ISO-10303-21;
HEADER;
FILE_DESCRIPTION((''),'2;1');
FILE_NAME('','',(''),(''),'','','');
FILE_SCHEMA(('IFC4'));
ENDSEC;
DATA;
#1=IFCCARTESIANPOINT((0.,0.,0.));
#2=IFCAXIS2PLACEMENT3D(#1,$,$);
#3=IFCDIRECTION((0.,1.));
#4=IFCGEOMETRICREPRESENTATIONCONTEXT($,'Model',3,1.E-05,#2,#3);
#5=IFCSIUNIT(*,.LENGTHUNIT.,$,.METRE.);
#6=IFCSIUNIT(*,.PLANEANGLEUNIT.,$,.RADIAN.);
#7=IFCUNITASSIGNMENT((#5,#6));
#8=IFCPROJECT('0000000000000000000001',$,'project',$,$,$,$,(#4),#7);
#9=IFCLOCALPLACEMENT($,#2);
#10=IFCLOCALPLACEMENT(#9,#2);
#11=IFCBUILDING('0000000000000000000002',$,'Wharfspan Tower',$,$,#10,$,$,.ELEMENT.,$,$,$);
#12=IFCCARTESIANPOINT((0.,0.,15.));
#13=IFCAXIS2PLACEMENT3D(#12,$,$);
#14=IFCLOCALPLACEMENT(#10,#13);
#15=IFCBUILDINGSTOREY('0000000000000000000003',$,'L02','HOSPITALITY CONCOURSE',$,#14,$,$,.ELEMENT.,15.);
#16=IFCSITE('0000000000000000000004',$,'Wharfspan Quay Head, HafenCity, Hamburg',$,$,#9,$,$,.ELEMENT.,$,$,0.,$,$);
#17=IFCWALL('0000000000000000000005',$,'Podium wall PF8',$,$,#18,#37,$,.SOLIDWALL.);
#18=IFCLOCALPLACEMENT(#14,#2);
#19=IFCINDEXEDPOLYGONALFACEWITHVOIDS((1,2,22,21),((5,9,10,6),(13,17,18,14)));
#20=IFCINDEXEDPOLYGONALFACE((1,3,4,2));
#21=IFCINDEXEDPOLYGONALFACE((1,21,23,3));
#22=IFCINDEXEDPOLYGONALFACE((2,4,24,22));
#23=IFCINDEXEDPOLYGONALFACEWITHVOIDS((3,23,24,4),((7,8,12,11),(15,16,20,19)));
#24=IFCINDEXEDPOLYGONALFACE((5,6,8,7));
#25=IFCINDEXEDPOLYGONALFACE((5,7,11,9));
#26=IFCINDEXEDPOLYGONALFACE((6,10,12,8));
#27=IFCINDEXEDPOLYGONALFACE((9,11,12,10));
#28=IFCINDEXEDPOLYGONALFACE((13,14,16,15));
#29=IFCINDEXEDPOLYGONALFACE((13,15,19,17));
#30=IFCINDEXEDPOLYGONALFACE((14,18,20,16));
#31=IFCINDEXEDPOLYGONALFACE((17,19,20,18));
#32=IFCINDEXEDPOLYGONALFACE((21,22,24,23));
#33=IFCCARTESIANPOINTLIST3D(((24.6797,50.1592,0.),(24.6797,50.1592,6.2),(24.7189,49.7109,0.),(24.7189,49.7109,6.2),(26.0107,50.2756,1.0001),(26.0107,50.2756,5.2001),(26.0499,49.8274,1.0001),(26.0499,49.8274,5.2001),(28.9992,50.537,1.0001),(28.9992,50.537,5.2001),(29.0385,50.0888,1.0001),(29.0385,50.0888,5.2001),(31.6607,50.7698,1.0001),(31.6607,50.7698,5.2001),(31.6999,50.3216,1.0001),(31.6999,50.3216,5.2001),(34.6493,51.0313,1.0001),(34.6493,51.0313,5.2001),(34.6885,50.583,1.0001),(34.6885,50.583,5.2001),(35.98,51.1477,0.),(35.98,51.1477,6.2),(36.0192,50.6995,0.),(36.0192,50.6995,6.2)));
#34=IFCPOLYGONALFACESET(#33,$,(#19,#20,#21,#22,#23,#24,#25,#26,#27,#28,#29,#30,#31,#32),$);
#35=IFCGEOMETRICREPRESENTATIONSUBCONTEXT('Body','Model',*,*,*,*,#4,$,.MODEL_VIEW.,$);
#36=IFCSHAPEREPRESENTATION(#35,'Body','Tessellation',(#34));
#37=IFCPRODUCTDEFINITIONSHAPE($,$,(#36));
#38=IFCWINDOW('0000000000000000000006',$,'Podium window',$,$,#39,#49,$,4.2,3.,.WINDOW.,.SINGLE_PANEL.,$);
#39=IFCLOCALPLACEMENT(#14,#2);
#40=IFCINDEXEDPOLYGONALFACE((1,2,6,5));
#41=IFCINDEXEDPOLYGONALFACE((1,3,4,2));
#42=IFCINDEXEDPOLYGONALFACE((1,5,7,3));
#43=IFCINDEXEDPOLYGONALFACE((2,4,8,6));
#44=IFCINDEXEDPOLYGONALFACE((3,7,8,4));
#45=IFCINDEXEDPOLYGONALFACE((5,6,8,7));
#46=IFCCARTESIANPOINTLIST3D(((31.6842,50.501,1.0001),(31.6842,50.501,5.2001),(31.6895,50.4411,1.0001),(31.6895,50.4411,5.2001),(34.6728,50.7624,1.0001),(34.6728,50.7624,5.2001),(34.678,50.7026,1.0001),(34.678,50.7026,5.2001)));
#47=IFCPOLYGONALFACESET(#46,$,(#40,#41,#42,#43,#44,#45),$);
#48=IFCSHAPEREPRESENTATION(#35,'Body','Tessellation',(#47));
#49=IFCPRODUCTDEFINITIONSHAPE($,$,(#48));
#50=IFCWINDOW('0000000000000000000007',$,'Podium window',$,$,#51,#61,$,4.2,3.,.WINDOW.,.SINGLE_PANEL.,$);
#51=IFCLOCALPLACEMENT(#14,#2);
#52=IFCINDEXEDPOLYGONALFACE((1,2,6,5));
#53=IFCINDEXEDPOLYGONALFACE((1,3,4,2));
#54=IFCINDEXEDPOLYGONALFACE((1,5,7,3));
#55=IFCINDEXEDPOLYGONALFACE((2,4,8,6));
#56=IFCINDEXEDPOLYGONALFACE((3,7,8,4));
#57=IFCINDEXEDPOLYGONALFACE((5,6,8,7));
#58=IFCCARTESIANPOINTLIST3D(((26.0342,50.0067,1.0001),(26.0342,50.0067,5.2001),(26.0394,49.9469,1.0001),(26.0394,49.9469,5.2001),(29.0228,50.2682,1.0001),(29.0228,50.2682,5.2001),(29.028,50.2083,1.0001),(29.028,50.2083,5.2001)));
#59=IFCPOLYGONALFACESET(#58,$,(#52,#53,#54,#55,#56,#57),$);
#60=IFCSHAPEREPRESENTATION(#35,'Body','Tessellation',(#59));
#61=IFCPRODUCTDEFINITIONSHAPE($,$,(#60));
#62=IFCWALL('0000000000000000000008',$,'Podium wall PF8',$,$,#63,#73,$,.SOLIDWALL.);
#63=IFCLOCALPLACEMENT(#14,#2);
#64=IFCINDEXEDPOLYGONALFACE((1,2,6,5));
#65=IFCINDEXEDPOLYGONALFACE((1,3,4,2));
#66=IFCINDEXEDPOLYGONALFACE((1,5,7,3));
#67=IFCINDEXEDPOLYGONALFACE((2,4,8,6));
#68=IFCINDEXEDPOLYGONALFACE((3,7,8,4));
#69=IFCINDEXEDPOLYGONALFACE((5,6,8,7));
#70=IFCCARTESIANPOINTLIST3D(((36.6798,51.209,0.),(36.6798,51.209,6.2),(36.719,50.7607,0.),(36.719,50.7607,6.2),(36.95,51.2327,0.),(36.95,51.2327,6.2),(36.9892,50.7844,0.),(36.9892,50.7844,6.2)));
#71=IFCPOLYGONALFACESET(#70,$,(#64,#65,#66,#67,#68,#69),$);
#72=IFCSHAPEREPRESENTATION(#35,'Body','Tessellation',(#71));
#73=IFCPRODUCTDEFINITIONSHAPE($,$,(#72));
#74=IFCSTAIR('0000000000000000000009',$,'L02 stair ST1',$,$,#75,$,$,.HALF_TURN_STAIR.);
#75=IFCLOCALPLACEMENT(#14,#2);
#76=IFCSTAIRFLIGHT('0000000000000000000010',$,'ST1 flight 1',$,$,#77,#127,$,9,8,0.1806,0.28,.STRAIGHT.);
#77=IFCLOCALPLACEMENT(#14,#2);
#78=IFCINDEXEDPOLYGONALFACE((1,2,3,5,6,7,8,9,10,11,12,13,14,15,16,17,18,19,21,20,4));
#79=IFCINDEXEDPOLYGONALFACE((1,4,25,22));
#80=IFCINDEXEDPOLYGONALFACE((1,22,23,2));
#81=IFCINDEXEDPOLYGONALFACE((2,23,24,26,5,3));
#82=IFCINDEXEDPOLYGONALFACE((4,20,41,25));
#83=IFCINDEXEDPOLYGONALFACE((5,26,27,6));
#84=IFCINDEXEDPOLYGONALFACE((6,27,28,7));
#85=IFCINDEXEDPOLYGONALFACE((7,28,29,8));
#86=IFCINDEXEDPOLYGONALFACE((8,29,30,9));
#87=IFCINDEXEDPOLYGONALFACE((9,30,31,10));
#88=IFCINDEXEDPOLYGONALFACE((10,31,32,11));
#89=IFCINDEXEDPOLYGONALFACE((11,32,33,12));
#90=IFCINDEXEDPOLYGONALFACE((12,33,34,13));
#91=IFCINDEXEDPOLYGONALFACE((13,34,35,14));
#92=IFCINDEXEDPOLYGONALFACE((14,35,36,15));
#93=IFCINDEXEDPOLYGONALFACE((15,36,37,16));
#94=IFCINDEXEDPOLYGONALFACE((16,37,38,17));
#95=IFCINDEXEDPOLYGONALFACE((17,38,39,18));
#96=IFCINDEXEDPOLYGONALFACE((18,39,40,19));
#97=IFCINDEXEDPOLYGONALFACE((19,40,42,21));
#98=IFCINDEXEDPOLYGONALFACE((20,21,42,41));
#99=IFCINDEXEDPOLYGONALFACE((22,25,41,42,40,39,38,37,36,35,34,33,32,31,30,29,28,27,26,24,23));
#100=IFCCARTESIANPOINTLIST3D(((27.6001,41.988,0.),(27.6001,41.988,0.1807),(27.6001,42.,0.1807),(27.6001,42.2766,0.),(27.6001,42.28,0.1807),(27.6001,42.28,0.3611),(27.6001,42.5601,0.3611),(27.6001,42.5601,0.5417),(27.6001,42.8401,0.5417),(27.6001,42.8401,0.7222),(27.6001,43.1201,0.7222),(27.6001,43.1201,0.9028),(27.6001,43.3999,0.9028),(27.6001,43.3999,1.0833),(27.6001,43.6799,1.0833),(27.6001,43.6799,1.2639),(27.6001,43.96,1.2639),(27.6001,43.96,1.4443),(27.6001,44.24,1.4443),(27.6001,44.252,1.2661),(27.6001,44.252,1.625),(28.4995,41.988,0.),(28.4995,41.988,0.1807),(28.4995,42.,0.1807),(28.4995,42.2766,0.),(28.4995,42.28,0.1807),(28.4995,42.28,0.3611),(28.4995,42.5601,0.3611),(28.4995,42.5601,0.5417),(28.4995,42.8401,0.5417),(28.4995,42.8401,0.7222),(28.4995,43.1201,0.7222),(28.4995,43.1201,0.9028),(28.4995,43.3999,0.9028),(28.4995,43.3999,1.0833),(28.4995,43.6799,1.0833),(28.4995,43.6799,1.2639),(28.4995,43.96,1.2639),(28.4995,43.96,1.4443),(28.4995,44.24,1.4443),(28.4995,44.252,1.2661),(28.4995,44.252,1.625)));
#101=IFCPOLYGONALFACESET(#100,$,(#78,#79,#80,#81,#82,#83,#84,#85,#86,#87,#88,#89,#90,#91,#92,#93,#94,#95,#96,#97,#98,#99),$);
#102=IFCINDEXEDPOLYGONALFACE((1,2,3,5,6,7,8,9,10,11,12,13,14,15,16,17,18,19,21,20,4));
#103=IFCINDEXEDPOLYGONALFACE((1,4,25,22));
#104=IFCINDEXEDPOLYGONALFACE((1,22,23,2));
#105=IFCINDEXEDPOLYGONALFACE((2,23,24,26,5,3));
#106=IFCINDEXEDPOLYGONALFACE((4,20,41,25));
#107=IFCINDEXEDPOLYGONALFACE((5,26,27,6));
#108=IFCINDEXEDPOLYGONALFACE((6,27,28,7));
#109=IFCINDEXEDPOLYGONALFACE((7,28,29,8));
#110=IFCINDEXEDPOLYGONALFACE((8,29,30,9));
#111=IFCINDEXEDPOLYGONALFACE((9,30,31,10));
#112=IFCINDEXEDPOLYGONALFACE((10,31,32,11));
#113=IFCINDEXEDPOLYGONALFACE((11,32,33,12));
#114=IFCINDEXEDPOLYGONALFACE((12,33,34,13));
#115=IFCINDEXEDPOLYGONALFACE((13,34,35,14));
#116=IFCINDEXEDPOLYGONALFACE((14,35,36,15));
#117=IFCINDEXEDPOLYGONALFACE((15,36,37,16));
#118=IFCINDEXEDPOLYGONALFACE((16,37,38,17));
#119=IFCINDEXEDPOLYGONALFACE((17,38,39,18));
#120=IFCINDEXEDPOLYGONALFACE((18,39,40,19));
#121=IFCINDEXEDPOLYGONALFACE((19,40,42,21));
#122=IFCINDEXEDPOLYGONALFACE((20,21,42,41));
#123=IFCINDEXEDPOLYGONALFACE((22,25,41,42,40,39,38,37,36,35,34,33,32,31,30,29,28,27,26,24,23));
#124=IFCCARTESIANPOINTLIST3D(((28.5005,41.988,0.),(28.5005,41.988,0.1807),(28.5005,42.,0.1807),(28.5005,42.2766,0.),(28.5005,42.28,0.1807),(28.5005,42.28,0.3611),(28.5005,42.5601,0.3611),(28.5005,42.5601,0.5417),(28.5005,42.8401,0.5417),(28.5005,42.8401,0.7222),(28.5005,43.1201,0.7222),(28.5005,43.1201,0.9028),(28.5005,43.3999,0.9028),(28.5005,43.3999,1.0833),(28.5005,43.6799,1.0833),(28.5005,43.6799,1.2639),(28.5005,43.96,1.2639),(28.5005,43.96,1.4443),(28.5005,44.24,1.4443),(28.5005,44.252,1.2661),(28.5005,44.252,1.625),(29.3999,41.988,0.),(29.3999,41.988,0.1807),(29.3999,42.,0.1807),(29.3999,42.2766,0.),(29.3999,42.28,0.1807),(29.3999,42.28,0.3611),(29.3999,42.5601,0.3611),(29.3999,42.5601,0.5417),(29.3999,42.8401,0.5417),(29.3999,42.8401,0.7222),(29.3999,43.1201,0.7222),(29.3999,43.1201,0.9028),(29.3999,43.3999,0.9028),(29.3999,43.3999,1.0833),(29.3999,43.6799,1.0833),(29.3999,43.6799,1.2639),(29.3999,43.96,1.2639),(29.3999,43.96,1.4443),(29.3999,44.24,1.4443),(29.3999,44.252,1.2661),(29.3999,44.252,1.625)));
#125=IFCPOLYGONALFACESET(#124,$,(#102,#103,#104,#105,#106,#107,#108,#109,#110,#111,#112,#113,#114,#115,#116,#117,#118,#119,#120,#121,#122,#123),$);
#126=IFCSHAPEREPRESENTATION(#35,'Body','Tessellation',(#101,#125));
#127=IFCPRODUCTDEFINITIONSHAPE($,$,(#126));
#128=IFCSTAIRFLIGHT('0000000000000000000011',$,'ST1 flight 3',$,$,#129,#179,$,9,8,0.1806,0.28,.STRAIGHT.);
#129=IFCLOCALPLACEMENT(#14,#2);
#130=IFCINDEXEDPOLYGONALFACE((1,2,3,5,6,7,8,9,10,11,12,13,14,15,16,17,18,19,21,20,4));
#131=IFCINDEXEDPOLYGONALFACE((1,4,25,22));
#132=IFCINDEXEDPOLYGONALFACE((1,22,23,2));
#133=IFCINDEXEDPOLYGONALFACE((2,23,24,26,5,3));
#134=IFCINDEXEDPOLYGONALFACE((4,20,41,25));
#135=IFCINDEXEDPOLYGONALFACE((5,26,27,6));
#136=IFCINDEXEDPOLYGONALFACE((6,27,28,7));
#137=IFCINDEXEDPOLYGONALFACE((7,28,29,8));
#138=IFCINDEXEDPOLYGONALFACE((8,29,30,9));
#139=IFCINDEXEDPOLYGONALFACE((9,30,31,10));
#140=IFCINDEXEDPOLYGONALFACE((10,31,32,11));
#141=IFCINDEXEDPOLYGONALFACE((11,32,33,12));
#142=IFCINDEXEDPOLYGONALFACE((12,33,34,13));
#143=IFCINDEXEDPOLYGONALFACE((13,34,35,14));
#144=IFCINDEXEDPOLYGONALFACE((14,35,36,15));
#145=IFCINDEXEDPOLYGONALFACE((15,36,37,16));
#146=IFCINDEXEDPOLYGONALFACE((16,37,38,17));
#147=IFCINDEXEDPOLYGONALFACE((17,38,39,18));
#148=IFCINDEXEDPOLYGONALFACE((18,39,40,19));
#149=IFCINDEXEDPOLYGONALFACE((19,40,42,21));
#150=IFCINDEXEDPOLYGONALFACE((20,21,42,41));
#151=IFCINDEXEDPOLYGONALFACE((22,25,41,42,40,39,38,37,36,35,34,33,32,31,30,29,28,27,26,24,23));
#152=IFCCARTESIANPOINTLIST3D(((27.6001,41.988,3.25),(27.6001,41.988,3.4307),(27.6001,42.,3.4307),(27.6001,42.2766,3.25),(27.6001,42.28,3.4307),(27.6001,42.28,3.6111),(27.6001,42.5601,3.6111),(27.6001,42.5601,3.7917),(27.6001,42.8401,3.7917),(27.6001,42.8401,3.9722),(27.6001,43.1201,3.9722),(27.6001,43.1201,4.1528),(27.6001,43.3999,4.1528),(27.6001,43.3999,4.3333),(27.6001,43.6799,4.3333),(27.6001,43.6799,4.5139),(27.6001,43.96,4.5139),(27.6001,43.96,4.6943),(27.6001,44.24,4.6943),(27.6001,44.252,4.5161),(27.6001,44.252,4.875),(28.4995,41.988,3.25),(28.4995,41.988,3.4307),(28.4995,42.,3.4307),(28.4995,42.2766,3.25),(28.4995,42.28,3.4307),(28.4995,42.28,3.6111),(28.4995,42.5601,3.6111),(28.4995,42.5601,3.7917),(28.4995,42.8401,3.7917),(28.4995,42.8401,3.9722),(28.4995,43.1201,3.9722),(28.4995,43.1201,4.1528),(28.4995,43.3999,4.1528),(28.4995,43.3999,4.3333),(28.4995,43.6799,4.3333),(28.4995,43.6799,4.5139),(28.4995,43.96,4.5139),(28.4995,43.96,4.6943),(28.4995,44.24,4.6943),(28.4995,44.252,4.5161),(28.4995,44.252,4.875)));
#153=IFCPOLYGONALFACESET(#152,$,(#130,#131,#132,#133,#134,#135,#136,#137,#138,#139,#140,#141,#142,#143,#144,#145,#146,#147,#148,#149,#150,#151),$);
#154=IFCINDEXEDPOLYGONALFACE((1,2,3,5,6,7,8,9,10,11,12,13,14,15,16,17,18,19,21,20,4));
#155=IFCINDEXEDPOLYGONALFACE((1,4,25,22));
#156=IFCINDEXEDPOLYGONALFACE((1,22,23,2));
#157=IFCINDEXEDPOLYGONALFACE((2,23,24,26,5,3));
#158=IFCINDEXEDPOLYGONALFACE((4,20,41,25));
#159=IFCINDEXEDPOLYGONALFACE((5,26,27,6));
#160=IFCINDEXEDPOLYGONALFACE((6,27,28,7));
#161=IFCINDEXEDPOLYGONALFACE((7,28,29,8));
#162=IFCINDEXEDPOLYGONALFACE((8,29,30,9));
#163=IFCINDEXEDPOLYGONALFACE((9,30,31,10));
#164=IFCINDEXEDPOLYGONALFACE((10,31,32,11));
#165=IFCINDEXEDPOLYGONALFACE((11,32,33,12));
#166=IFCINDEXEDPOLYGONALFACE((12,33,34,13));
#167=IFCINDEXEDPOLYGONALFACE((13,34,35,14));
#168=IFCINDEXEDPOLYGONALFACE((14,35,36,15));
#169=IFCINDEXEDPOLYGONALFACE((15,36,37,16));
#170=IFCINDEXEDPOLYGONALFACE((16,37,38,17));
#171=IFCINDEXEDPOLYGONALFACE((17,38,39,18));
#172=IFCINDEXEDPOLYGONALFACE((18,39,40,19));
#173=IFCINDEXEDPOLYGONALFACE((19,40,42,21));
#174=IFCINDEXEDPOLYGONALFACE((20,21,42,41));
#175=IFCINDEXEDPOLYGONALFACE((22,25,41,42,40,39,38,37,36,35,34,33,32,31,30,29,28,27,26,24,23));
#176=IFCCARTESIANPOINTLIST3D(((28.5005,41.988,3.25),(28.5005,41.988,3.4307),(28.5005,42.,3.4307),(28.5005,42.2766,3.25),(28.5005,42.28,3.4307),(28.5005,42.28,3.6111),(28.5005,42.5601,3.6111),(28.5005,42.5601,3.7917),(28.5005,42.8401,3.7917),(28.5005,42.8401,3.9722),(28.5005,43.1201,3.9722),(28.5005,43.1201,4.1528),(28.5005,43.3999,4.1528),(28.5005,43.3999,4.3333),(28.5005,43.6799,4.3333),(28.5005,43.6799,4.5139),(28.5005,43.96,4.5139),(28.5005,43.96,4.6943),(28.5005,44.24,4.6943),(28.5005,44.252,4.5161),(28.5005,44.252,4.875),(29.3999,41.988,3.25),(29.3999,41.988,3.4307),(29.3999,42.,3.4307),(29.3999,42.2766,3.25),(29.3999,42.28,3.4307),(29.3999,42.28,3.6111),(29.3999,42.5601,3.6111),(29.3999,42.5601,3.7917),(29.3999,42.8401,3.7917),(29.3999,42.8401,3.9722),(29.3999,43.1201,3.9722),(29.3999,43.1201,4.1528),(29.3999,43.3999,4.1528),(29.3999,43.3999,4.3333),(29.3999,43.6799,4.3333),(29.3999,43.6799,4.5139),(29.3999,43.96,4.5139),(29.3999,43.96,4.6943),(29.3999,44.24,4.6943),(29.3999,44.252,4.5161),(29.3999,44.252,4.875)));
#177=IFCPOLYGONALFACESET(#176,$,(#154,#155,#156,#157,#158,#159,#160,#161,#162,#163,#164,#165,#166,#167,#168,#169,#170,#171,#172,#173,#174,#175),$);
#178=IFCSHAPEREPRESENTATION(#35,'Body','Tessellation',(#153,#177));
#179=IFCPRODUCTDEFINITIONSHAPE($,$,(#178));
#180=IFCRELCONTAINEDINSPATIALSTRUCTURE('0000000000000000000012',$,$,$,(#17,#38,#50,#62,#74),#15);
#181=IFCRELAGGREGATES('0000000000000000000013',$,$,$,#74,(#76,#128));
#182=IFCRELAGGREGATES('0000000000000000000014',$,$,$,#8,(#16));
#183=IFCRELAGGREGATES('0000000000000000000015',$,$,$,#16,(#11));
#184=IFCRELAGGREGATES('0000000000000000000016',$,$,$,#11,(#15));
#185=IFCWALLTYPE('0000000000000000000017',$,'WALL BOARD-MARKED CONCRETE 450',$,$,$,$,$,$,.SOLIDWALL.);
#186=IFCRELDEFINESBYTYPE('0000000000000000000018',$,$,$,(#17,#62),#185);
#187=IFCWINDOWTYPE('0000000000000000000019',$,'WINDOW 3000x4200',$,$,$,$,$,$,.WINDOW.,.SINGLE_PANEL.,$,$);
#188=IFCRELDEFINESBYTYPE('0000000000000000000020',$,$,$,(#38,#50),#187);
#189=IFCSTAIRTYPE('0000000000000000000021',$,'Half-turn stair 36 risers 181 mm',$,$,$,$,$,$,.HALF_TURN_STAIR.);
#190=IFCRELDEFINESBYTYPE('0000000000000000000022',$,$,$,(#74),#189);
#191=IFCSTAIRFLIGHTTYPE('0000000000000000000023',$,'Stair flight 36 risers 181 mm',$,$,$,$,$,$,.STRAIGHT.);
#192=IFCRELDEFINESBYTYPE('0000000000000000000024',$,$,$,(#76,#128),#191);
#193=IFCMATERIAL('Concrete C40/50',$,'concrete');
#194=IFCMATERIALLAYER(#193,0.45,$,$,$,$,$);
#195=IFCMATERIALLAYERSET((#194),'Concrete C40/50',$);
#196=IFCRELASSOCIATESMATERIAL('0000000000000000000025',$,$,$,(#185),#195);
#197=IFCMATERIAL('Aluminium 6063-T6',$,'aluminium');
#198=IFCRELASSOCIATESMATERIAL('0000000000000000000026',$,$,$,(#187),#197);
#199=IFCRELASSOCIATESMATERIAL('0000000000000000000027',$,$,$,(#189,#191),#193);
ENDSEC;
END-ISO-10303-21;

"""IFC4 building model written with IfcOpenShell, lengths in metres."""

from ifc_helpers import new_model, si_unit, direction, frame, frame_2d, origin, place, context, subcontext, project, spatial, polyline, rectangle, outline, extrude, material, layer, layer_set, type_object, element, fill, aggregate, save


model = new_model("IFC4")

# Units and contexts
model_context = context("Model", 3, precision=1e-05, world=origin(), true_north=direction((0.0, 1.0)))
body_context = subcontext(model_context, "Body", "Model", "MODEL_VIEW")
ifc_project = project(units=[si_unit("LENGTHUNIT", "METRE"), si_unit("PLANEANGLEUNIT", "RADIAN")], contexts=[model_context])

# Site, building, storey
site_placement = place(None, origin())
site = spatial("IfcSite", under=ifc_project, at=site_placement, Name="Wharfspan Quay Head, HafenCity, Hamburg", CompositionType="ELEMENT", RefElevation=0.0)
building_placement = place(site_placement, origin())
building = spatial("IfcBuilding", under=site, at=building_placement, Name="Wharfspan Tower", CompositionType="ELEMENT")
storey_placement = place(building_placement, frame((0.0, 0.0, 15.0)))
storey = spatial("IfcBuildingStorey", under=building, at=storey_placement, Name="L02", Description="HOSPITALITY CONCOURSE", CompositionType="ELEMENT", Elevation=15.0)

# Wall, openings, windows
ifc_material_1 = material(Name="Concrete C40/50", Category="concrete")
ifc_layer_1 = layer(ifc_material_1, 0.45)
ifc_layer_set_1 = layer_set([ifc_layer_1], Name="Concrete C40/50")
wall_type_1 = type_object("IfcWallType", Name="WALL BOARD-MARKED CONCRETE 450", PredefinedType="SOLIDWALL", material=ifc_layer_set_1)
wall_1_placement = place(storey_placement, frame((35.9998, 50.9236, 0.0), z_axis=(0.0, 0.0, 1.0), x_axis=(-0.996195, -0.087145, 0.0)))
wall_1 = element("IfcWall", 1, at=wall_1_placement, inside=storey, type_object=wall_type_1, Name="Podium wall PF8", PredefinedType="SOLIDWALL", context=body_context, shape_type="SweptSolid", body=[
    extrude(rectangle(XDim=11.3435, YDim=0.45, at=frame_2d((5.6719, 0.0))), origin(), (0.0, 0.0, 1.0), 6.2),
])
opening_1_placement = place(wall_1_placement, frame((1.3359, 0.0, 1.0)))
opening_1 = element("IfcOpeningElement", 2, at=opening_1_placement, cuts=wall_1, PredefinedType="OPENING", context=body_context, shape_type="SweptSolid", body=[
    extrude(rectangle(XDim=3.0, YDim=4.2, at=frame_2d((1.5, 2.1001))), frame((0.0, 0.2349, 0.0), z_axis=(0.0, -1.0, 0.0), x_axis=(1.0, 0.0, 0.0)), (0.0, 0.0, 1.0), 0.47),
])
opening_2_placement = place(wall_1_placement, frame((7.0076, 0.0, 1.0)))
opening_2 = element("IfcOpeningElement", 3, at=opening_2_placement, cuts=wall_1, PredefinedType="OPENING", context=body_context, shape_type="SweptSolid", body=[
    extrude(rectangle(XDim=3.0, YDim=4.2, at=frame_2d((1.5, 2.1001))), frame((0.0, 0.2349, 0.0), z_axis=(0.0, -1.0, 0.0), x_axis=(1.0, 0.0, 0.0)), (0.0, 0.0, 1.0), 0.47),
])
ifc_material_2 = material(Name="Aluminium 6063-T6", Category="aluminium")
window_type = type_object("IfcWindowType", Name="WINDOW 3000x4200", PartitioningType="SINGLE_PANEL", PredefinedType="WINDOW", material=ifc_material_2)
window_1_placement = place(opening_1_placement, origin())
window_1 = element("IfcWindow", 4, at=window_1_placement, inside=storey, type_object=window_type, Name="Podium window", OverallHeight=4.2, OverallWidth=3.0, PartitioningType="SINGLE_PANEL", PredefinedType="WINDOW", context=body_context, shape_type="SweptSolid", body=[
    extrude(rectangle(XDim=3.0, YDim=4.2, at=frame_2d((1.5, 2.1001))), frame((0.0, 0.105, 0.0), z_axis=(0.0, -1.0, 0.0), x_axis=(1.0, 0.0, 0.0)), (0.0, 0.0, 1.0), 0.0601),
])
fill(opening_1, window_1)
window_2_placement = place(opening_2_placement, origin())
window_2 = element("IfcWindow", 5, at=window_2_placement, inside=storey, type_object=window_type, Name="Podium window", OverallHeight=4.2, OverallWidth=3.0, PartitioningType="SINGLE_PANEL", PredefinedType="WINDOW", context=body_context, shape_type="SweptSolid", body=[
    extrude(rectangle(XDim=3.0, YDim=4.2, at=frame_2d((1.5, 2.1001))), frame((0.0, 0.105, 0.0), z_axis=(0.0, -1.0, 0.0), x_axis=(1.0, 0.0, 0.0)), (0.0, 0.0, 1.0), 0.0601),
])
fill(opening_2, window_2)

# Wall
wall_2_placement = place(storey_placement, frame((36.9697, 51.0085, 0.0), z_axis=(0.0, 0.0, 1.0), x_axis=(-0.996186, -0.08729, 0.0)))
element("IfcWall", 6, at=wall_2_placement, inside=storey, type_object=wall_type_1, Name="Podium wall PF8", PredefinedType="SOLIDWALL", context=body_context, shape_type="SweptSolid", body=[
    extrude(rectangle(XDim=0.2712, YDim=0.45, at=frame_2d((0.1357, 0.0))), origin(), (0.0, 0.0, 1.0), 6.2),
])

# Stair, stair flights
stair_type = type_object("IfcStairType", Name="Half-turn stair 36 risers 181 mm", PredefinedType="HALF_TURN_STAIR", material=ifc_material_1)
stair_placement = place(storey_placement, origin())
stair = element("IfcStair", 7, at=stair_placement, inside=storey, type_object=stair_type, Name="L02 stair ST1", PredefinedType="HALF_TURN_STAIR")
stair_flight_type = type_object("IfcStairFlightType", Name="Stair flight 36 risers 181 mm", PredefinedType="STRAIGHT", material=ifc_material_1)
stair_flight_1_placement = place(storey_placement, frame((28.5, 42.0, 0.0), z_axis=(0.0, 0.0, 1.0), x_axis=(0.0, 1.0, 0.0)))
stair_flight_1 = element("IfcStairFlight", 8, at=stair_flight_1_placement, type_object=stair_flight_type, Name="ST1 flight 1", NumberOfRisers=9, NumberOfTreads=8, PredefinedType="STRAIGHT", RiserHeight=0.1806, TreadLength=0.28, context=body_context, shape_type="SweptSolid", body=[
    extrude(outline(polyline([(-0.012, 0.0), (-0.012, 0.1807), (0.0, 0.1807), (0.28, 0.1807), (0.28, 0.3611), (0.5601, 0.3611), (0.5601, 0.5417), (0.8401, 0.5417), (0.8401, 0.7222), (1.1201, 0.7222), (1.1201, 0.9028), (1.3999, 0.9028), (1.3999, 1.0833), (1.6799, 1.0833), (1.6799, 1.2639), (1.96, 1.2639), (1.96, 1.4443), (2.24, 1.4443), (2.252, 1.625), (2.252, 1.2661), (0.2766, 0.0), (-0.012, 0.0)])), frame((0.0, 0.8999, 0.0), z_axis=(0.0, -1.0, 0.0), x_axis=(1.0, 0.0, 0.0)), (0.0, 0.0, 1.0), 0.8994),
    extrude(outline(polyline([(-0.012, 0.0), (-0.012, 0.1807), (0.0, 0.1807), (0.28, 0.1807), (0.28, 0.3611), (0.5601, 0.3611), (0.5601, 0.5417), (0.8401, 0.5417), (0.8401, 0.7222), (1.1201, 0.7222), (1.1201, 0.9028), (1.3999, 0.9028), (1.3999, 1.0833), (1.6799, 1.0833), (1.6799, 1.2639), (1.96, 1.2639), (1.96, 1.4443), (2.24, 1.4443), (2.252, 1.625), (2.252, 1.2661), (0.2766, 0.0), (-0.012, 0.0)])), frame((0.0, -0.0005, 0.0), z_axis=(0.0, -1.0, 0.0), x_axis=(1.0, 0.0, 0.0)), (0.0, 0.0, 1.0), 0.8994),
])
stair_flight_2_placement = place(storey_placement, frame((28.5, 42.0, 3.25), z_axis=(0.0, 0.0, 1.0), x_axis=(0.0, 1.0, 0.0)))
stair_flight_2 = element("IfcStairFlight", 9, at=stair_flight_2_placement, type_object=stair_flight_type, Name="ST1 flight 3", NumberOfRisers=9, NumberOfTreads=8, PredefinedType="STRAIGHT", RiserHeight=0.1806, TreadLength=0.28, context=body_context, shape_type="SweptSolid", body=[
    extrude(outline(polyline([(-0.012, 0.0), (-0.012, 0.1807), (0.0, 0.1807), (0.28, 0.1807), (0.28, 0.3611), (0.5601, 0.3611), (0.5601, 0.5417), (0.8401, 0.5417), (0.8401, 0.7222), (1.1201, 0.7222), (1.1201, 0.9028), (1.3999, 0.9028), (1.3999, 1.0833), (1.6799, 1.0833), (1.6799, 1.2639), (1.96, 1.2639), (1.96, 1.4443), (2.24, 1.4443), (2.252, 1.625), (2.252, 1.2661), (0.2766, 0.0), (-0.012, 0.0)])), frame((0.0, 0.8999, 0.0), z_axis=(0.0, -1.0, 0.0), x_axis=(1.0, 0.0, 0.0)), (0.0, 0.0, 1.0), 0.8994),
    extrude(outline(polyline([(-0.012, 0.0), (-0.012, 0.1807), (0.0, 0.1807), (0.28, 0.1807), (0.28, 0.3611), (0.5601, 0.3611), (0.5601, 0.5417), (0.8401, 0.5417), (0.8401, 0.7222), (1.1201, 0.7222), (1.1201, 0.9028), (1.3999, 0.9028), (1.3999, 1.0833), (1.6799, 1.0833), (1.6799, 1.2639), (1.96, 1.2639), (1.96, 1.4443), (2.24, 1.4443), (2.252, 1.625), (2.252, 1.2661), (0.2766, 0.0), (-0.012, 0.0)])), frame((0.0, -0.0005, 0.0), z_axis=(0.0, -1.0, 0.0), x_axis=(1.0, 0.0, 0.0)), (0.0, 0.0, 1.0), 0.8994),
])
aggregate(stair, [stair_flight_1, stair_flight_2])

save(model, "model.ifc")
